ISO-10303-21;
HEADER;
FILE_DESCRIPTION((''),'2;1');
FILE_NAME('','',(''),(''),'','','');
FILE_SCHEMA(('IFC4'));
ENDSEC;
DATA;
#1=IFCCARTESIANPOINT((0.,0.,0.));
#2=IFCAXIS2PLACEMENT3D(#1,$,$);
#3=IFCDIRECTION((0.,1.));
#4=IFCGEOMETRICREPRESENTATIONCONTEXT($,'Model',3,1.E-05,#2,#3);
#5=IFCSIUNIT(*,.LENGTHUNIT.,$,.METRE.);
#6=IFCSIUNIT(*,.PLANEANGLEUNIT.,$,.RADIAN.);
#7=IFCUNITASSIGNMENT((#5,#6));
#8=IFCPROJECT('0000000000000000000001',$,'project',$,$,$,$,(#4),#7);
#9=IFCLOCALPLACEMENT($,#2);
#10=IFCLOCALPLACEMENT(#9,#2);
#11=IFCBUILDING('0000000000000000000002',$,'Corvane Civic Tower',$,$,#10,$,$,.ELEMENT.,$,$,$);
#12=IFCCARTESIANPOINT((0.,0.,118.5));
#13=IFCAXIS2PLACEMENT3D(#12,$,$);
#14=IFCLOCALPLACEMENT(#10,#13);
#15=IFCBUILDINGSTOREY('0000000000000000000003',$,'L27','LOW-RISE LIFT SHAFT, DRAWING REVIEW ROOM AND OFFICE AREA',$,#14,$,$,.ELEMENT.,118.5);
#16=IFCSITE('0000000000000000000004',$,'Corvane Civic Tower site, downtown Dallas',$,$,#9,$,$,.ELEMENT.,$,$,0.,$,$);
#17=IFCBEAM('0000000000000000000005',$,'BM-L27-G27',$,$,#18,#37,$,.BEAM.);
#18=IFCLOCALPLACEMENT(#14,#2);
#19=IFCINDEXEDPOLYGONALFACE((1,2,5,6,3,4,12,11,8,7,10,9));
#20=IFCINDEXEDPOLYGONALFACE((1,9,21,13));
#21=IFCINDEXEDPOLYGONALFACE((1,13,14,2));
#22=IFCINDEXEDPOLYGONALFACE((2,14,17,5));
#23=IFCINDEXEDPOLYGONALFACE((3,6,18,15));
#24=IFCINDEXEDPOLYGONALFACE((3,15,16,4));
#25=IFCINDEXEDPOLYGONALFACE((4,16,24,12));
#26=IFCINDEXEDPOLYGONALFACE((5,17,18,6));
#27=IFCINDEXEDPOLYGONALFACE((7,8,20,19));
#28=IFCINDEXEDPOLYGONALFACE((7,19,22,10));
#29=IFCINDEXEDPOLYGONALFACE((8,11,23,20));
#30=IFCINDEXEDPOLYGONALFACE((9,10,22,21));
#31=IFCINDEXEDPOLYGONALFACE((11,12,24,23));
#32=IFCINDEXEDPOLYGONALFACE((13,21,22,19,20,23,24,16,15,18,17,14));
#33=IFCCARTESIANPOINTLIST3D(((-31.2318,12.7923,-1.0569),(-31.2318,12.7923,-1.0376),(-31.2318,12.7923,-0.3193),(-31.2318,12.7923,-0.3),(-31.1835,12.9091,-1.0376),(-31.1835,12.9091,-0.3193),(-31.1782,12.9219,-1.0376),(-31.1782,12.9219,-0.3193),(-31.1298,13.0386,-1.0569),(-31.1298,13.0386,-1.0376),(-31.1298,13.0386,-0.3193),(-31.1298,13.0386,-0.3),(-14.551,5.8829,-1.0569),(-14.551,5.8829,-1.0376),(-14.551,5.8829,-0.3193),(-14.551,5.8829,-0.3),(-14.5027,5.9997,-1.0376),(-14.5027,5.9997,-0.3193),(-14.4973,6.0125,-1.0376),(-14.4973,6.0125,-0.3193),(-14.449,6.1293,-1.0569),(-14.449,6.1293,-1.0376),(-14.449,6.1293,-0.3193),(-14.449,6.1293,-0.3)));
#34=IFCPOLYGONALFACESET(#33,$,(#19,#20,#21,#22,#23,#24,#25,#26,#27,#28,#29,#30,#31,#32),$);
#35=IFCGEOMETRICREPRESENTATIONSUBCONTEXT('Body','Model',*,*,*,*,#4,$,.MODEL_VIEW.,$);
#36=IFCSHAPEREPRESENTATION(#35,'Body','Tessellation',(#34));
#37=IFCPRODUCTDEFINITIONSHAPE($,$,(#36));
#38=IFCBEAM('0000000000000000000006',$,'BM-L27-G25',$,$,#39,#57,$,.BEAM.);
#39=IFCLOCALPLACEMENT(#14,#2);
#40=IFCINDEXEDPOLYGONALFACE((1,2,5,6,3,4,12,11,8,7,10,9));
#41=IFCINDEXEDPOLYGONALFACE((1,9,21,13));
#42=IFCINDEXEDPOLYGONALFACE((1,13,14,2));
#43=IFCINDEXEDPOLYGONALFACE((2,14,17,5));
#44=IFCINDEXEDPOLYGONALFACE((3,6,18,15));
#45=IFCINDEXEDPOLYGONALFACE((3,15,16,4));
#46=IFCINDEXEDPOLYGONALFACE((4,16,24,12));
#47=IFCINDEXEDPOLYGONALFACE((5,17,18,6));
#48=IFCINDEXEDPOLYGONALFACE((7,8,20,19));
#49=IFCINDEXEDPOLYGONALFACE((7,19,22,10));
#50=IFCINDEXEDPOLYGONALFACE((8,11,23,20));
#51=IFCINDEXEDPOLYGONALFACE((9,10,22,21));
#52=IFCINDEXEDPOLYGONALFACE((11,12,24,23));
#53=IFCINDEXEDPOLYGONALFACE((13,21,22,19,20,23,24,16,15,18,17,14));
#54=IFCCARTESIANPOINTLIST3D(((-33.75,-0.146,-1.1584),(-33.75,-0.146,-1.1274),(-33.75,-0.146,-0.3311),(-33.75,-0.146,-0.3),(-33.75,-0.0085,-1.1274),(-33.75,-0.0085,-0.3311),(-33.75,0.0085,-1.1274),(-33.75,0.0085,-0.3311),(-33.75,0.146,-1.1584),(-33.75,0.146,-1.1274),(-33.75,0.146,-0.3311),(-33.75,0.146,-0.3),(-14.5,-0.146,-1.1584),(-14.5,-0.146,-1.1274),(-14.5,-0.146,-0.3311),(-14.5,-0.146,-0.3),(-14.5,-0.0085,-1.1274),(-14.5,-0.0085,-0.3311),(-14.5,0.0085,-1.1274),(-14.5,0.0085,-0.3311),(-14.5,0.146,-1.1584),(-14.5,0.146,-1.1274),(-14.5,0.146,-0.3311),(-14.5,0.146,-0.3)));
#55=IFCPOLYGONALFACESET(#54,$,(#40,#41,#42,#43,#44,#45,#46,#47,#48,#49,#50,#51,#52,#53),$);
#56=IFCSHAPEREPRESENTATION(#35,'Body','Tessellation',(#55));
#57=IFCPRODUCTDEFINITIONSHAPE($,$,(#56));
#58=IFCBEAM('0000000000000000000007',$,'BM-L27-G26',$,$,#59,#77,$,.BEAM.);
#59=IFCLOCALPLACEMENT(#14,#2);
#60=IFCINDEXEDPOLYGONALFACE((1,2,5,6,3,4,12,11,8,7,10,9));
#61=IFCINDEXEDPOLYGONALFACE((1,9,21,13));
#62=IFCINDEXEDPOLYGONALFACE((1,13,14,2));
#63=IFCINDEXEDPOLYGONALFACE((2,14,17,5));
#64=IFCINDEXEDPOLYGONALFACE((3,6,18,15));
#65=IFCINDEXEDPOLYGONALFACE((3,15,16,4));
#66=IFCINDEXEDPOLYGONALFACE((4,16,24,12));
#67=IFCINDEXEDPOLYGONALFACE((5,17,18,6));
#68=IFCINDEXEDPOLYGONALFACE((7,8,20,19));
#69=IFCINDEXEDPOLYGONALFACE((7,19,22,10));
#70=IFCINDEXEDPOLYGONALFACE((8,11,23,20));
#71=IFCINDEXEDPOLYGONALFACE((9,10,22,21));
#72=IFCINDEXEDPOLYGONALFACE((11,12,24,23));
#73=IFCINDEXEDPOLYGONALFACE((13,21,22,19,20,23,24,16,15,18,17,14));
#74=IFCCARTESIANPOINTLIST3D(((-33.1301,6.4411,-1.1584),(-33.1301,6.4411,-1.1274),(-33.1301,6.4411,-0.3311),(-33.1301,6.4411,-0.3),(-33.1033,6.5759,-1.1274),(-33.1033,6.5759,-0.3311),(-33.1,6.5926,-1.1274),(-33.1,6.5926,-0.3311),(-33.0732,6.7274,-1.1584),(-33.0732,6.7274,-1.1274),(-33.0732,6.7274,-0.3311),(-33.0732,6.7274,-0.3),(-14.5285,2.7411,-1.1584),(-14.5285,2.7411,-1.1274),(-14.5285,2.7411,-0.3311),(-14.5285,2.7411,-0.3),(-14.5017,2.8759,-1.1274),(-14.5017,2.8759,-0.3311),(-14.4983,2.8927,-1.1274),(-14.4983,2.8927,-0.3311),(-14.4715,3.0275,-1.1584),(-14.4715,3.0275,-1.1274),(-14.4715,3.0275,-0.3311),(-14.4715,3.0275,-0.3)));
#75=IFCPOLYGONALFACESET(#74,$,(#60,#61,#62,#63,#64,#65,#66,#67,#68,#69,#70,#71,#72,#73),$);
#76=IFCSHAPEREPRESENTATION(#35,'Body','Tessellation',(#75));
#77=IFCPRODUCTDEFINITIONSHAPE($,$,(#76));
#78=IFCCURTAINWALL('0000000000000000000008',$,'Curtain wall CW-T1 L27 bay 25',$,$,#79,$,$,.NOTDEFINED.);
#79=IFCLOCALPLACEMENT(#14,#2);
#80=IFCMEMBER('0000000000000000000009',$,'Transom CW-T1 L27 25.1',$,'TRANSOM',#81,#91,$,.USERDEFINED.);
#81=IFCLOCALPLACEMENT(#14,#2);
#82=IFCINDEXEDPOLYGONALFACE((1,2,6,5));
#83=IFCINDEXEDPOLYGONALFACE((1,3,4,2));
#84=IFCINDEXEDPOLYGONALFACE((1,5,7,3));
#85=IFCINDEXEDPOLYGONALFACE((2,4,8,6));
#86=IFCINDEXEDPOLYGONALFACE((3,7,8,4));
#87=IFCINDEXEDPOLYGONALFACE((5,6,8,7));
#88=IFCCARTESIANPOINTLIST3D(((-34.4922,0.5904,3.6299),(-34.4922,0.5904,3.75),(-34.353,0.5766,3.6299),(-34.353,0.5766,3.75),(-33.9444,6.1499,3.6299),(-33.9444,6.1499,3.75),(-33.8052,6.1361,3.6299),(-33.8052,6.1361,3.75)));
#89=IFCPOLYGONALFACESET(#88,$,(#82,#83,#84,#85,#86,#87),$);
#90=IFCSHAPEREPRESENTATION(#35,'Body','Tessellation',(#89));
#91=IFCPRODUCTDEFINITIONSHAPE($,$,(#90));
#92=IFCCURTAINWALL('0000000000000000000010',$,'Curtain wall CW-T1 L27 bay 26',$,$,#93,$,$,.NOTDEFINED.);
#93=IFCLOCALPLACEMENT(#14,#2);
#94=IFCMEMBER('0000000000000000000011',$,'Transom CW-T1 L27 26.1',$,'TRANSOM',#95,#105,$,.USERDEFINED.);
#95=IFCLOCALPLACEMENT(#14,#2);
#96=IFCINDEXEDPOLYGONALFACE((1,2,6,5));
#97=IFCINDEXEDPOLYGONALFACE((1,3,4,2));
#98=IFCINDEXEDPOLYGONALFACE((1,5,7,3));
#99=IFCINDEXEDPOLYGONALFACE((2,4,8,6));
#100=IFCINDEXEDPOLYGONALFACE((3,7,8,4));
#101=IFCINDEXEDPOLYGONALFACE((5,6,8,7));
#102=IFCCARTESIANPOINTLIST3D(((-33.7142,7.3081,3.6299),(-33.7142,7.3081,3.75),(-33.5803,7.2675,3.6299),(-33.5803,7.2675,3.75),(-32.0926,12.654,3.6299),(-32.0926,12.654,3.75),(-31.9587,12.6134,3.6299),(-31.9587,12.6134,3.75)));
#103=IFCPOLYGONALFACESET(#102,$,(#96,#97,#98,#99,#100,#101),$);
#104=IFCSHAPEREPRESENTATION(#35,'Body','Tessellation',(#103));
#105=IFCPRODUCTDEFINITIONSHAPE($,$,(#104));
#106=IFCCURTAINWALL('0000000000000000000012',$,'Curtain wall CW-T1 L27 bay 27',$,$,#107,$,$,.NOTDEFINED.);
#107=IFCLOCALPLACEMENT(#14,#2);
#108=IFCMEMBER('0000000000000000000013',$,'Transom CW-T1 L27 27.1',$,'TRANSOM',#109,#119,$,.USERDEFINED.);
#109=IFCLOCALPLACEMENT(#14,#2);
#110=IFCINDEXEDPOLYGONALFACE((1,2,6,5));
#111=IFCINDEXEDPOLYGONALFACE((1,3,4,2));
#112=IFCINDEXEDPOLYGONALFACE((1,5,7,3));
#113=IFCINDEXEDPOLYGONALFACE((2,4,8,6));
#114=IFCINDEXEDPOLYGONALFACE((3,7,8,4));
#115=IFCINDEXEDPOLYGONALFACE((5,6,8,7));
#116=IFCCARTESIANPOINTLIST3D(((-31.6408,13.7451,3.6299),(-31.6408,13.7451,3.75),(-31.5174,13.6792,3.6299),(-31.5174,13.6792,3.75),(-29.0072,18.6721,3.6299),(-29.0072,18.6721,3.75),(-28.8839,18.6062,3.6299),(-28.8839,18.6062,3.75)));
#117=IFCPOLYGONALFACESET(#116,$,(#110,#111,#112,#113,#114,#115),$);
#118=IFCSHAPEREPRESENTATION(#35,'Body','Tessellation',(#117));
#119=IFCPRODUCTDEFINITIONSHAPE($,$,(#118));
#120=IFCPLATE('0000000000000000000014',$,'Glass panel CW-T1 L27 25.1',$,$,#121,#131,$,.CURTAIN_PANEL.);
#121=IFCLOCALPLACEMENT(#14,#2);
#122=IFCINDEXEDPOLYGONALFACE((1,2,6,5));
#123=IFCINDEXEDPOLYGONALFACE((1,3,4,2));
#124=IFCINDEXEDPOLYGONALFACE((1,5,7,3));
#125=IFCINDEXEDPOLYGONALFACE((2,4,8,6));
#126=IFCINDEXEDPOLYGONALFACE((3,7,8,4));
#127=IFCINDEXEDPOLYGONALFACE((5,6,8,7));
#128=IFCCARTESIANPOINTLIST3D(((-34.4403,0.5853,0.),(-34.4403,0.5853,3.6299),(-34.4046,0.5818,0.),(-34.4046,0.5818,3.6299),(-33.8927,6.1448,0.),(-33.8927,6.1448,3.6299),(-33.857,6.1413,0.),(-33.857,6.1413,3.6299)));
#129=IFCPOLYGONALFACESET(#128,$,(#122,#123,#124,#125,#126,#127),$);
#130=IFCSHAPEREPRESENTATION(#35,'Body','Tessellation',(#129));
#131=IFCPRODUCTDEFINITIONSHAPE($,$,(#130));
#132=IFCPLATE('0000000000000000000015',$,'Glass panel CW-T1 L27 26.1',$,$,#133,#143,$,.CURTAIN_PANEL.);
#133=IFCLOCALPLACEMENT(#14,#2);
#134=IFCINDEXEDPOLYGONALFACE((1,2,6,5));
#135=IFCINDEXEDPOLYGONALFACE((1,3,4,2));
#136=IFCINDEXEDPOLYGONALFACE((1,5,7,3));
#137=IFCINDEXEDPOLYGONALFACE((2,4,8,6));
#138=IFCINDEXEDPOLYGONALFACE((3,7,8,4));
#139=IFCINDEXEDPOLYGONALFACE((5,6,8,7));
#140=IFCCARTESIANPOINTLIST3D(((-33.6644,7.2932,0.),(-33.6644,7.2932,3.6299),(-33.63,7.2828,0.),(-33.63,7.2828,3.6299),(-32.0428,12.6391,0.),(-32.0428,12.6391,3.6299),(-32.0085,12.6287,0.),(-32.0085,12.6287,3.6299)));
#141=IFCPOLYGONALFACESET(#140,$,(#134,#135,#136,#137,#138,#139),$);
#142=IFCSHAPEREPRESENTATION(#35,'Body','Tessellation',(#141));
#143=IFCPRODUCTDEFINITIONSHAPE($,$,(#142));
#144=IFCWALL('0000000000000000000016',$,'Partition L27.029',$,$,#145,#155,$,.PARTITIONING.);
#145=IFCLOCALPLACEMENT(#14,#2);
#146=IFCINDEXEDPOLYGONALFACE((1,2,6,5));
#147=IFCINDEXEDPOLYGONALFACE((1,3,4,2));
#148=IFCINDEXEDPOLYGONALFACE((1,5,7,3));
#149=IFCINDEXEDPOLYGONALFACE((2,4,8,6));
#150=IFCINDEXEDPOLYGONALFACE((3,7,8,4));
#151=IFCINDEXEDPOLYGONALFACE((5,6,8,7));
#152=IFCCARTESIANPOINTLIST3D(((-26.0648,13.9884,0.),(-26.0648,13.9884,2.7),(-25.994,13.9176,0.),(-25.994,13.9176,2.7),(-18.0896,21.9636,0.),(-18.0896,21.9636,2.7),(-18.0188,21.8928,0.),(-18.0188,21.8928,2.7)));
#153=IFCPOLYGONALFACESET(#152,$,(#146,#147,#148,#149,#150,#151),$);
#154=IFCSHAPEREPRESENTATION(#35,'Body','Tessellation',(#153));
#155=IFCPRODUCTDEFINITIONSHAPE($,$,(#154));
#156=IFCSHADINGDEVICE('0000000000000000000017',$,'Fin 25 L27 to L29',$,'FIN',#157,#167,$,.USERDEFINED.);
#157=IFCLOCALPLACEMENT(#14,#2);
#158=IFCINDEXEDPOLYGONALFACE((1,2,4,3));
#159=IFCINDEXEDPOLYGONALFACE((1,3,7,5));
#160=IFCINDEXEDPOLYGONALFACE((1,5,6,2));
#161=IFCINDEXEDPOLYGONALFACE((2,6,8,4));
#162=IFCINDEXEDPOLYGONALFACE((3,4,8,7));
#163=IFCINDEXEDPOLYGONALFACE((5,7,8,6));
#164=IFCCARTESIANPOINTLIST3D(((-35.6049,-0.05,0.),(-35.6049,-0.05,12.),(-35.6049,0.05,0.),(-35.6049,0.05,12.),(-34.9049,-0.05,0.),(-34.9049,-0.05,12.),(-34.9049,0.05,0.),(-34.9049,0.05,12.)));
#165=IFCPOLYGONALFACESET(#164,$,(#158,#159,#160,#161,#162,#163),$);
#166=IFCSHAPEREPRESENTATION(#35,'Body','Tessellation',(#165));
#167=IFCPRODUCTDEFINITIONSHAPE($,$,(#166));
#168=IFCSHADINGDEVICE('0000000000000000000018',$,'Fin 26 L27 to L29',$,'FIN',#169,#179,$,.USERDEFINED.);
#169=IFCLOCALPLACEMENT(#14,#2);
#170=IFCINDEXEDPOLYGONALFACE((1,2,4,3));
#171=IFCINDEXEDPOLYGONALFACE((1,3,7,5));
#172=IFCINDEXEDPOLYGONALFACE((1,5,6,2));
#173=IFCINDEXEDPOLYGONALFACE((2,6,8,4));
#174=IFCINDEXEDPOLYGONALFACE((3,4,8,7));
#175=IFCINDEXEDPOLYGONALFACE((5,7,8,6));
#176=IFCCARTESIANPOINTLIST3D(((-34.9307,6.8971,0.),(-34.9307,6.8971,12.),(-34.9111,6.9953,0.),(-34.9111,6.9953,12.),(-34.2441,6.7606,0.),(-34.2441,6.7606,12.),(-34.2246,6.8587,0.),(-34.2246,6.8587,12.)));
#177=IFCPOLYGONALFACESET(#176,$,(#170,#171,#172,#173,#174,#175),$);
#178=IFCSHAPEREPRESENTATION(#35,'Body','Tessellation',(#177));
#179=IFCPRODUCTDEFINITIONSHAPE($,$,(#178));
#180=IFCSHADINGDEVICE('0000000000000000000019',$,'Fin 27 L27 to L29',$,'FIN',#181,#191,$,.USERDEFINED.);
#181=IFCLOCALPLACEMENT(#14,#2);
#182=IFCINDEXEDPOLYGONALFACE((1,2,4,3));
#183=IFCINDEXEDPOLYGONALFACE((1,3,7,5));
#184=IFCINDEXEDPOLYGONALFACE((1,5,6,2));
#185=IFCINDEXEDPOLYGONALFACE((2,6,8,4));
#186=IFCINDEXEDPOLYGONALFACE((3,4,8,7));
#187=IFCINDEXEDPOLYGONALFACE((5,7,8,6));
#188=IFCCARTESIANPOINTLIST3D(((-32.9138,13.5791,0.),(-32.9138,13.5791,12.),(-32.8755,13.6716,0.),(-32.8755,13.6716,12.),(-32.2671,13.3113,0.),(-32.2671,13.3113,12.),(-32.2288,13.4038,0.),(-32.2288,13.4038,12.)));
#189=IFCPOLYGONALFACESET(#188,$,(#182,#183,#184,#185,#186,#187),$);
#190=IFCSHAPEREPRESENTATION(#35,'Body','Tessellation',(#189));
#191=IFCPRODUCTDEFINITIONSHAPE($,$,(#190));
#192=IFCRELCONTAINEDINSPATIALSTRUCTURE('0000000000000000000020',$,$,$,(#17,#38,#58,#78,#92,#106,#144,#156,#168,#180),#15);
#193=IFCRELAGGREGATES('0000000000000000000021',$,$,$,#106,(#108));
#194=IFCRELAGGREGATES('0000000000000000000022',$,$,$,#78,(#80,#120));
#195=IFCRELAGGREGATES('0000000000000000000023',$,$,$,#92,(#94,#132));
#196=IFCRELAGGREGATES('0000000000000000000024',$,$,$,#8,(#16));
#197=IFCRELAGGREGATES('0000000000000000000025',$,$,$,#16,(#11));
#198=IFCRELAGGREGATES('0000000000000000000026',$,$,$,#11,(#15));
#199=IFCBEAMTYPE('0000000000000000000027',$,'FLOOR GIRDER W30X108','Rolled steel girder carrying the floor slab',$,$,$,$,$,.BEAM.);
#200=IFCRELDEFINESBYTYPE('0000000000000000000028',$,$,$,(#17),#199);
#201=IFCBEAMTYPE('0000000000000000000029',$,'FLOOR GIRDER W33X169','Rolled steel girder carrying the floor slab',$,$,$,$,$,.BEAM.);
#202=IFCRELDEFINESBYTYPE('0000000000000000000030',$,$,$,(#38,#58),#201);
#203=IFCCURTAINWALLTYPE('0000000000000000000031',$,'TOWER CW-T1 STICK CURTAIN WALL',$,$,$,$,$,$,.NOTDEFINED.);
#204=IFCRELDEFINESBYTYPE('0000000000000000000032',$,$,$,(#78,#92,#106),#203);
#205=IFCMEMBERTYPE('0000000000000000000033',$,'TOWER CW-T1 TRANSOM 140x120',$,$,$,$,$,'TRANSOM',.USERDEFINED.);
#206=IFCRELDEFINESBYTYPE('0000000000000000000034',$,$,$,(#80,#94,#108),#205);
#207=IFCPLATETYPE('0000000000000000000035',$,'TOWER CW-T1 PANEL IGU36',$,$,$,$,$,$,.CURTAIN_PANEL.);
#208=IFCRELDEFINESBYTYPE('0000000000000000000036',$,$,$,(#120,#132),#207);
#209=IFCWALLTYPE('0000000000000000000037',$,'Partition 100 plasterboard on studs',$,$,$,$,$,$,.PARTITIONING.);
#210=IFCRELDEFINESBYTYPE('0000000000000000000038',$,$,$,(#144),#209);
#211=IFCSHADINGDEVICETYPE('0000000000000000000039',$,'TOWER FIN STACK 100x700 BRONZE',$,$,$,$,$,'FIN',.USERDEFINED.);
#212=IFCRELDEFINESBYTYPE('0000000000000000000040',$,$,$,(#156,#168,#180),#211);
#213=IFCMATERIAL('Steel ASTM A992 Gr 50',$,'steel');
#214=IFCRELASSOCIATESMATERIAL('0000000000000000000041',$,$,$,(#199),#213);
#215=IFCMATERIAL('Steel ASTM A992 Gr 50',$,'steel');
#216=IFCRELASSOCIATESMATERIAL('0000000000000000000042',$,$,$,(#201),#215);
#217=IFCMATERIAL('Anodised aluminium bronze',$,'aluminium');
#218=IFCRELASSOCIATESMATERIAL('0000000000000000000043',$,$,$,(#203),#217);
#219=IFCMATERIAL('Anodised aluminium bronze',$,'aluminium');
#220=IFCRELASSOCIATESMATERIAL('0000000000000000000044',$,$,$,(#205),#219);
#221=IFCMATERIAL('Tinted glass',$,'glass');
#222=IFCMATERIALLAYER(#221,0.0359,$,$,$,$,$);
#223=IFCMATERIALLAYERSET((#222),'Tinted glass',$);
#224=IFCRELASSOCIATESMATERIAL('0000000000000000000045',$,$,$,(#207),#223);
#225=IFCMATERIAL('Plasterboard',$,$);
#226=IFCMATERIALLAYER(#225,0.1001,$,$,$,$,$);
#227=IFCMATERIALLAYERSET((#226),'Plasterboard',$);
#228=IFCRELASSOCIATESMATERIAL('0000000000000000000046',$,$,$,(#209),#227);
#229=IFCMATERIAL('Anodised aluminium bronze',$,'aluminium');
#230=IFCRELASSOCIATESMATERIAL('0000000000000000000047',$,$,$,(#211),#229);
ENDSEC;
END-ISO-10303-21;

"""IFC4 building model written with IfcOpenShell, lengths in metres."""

from ifc_helpers import new_model, si_unit, direction, frame, frame_2d, origin, origin_2d, place, context, subcontext, project, spatial, rectangle, i_section, extrude, material, layer, layer_set, material_profile, profile_set, type_object, element, aggregate, save


model = new_model("IFC4")

# Units and contexts
model_context = context("Model", 3, precision=1e-05, world=origin(), true_north=direction((0.0, 1.0)))
body_context = subcontext(model_context, "Body", "Model", "MODEL_VIEW")
ifc_project = project(units=[si_unit("LENGTHUNIT", "METRE"), si_unit("PLANEANGLEUNIT", "RADIAN")], contexts=[model_context])

# Site, building, storey
site_placement = place(None, origin())
site = spatial("IfcSite", under=ifc_project, at=site_placement, Name="Corvane Civic Tower site, downtown Dallas", CompositionType="ELEMENT", RefElevation=0.0)
building_placement = place(site_placement, origin())
building = spatial("IfcBuilding", under=site, at=building_placement, Name="Corvane Civic Tower", CompositionType="ELEMENT")
storey_placement = place(building_placement, frame((0.0, 0.0, 118.5)))
storey = spatial("IfcBuildingStorey", under=building, at=storey_placement, Name="L27", Description="LOW-RISE LIFT SHAFT, DRAWING REVIEW ROOM AND OFFICE AREA", CompositionType="ELEMENT", Elevation=118.5)

# Beams
ifc_material_1 = material(Name="Steel ASTM A992 Gr 50", Category="steel")
ifc_material_profile_1 = material_profile(ifc_material_1, i_section(OverallWidth=0.2666, OverallDepth=0.7568, WebThickness=0.0139, FlangeThickness=0.0193, at=origin_2d()), Name="W30X108")
ifc_profile_set_1 = profile_set([ifc_material_profile_1], Name="Steel ASTM A992 Gr 50")
beam_type_1 = type_object("IfcBeamType", Name="FLOOR GIRDER W30X108", Description="Rolled steel girder carrying the floor slab", PredefinedType="BEAM", material=ifc_profile_set_1)
beam_1_placement = place(storey_placement, frame((-14.5, 6.0061, -0.6785), z_axis=(-0.92388, 0.382682, 0.0), x_axis=(-0.382682, -0.92388, 0.0)))
element("IfcBeam", 1, at=beam_1_placement, inside=storey, type_object=beam_type_1, Name="BM-L27-G27", PredefinedType="BEAM", context=body_context, shape_type="SweptSolid", body=[
    extrude(i_section(OverallWidth=0.2666, OverallDepth=0.7568, WebThickness=0.0139, FlangeThickness=0.0193, at=origin_2d()), origin(), (0.0, 0.0, 1.0), 18.0552),
])
ifc_material_2 = material(Name="Steel ASTM A992 Gr 50", Category="steel")
ifc_material_profile_2 = material_profile(ifc_material_2, i_section(OverallWidth=0.292, OverallDepth=0.8584, WebThickness=0.0171, FlangeThickness=0.031, at=origin_2d()), Name="W33X169")
ifc_profile_set_2 = profile_set([ifc_material_profile_2], Name="Steel ASTM A992 Gr 50")
beam_type_2 = type_object("IfcBeamType", Name="FLOOR GIRDER W33X169", Description="Rolled steel girder carrying the floor slab", PredefinedType="BEAM", material=ifc_profile_set_2)
beam_2_placement = place(storey_placement, frame((-14.5, 0.0, -0.7292), z_axis=(-1.0, 0.0, 0.0), x_axis=(0.0, -1.0, 0.0)))
element("IfcBeam", 2, at=beam_2_placement, inside=storey, type_object=beam_type_2, Name="BM-L27-G25", PredefinedType="BEAM", context=body_context, shape_type="SweptSolid", body=[
    extrude(i_section(OverallWidth=0.292, OverallDepth=0.8584, WebThickness=0.0171, FlangeThickness=0.031, at=origin_2d()), origin(), (0.0, 0.0, 1.0), 19.25),
])
beam_3_placement = place(storey_placement, frame((-14.5, 2.8843, -0.7292), z_axis=(-0.980787, 0.195084, 0.0), x_axis=(-0.195084, -0.980787, 0.0)))
element("IfcBeam", 3, at=beam_3_placement, inside=storey, type_object=beam_type_2, Name="BM-L27-G26", PredefinedType="BEAM", context=body_context, shape_type="SweptSolid", body=[
    extrude(i_section(OverallWidth=0.292, OverallDepth=0.8584, WebThickness=0.0171, FlangeThickness=0.031, at=origin_2d()), origin(), (0.0, 0.0, 1.0), 18.9661),
])

# Curtain walls, members
ifc_material_3 = material(Name="Anodised aluminium bronze", Category="aluminium")
curtain_wall_type = type_object("IfcCurtainWallType", Name="TOWER CW-T1 STICK CURTAIN WALL", PredefinedType="NOTDEFINED", material=ifc_material_3)
curtain_wall_1_placement = place(storey_placement, origin())
curtain_wall_1 = element("IfcCurtainWall", 4, at=curtain_wall_1_placement, inside=storey, type_object=curtain_wall_type, Name="Curtain wall CW-T1 L27 bay 25", PredefinedType="NOTDEFINED")
ifc_material_4 = material(Name="Anodised aluminium bronze", Category="aluminium")
ifc_material_profile_3 = material_profile(ifc_material_4, rectangle(XDim=0.1399, YDim=0.1201, at=origin_2d()), Name="TOWER CW-T1 TRANSOM 140x120")
ifc_profile_set_3 = profile_set([ifc_material_profile_3], Name="Anodised aluminium bronze")
member_type = type_object("IfcMemberType", Name="TOWER CW-T1 TRANSOM 140x120", ElementType="TRANSOM", PredefinedType="USERDEFINED", material=ifc_profile_set_3)
member_1_placement = place(storey_placement, frame((-34.4226, 0.5835, 3.6899), z_axis=(0.098067, 0.99518, 0.0), x_axis=(-0.99518, 0.098067, 0.0)))
member_1 = element("IfcMember", 5, at=member_1_placement, type_object=member_type, Name="Transom CW-T1 L27 25.1", ObjectType="TRANSOM", PredefinedType="USERDEFINED", context=body_context, shape_type="SweptSolid", body=[
    extrude(rectangle(XDim=0.1399, YDim=0.1201, at=origin_2d()), origin(), (0.0, 0.0, 1.0), 5.5864),
])
curtain_wall_2_placement = place(storey_placement, origin())
curtain_wall_2 = element("IfcCurtainWall", 6, at=curtain_wall_2_placement, inside=storey, type_object=curtain_wall_type, Name="Curtain wall CW-T1 L27 bay 26", PredefinedType="NOTDEFINED")
member_2_placement = place(storey_placement, frame((-33.6472, 7.2878, 3.6899), z_axis=(0.290269, 0.956945, 0.0), x_axis=(-0.956945, 0.290269, 0.0)))
member_2 = element("IfcMember", 7, at=member_2_placement, type_object=member_type, Name="Transom CW-T1 L27 26.1", ObjectType="TRANSOM", PredefinedType="USERDEFINED", context=body_context, shape_type="SweptSolid", body=[
    extrude(rectangle(XDim=0.1399, YDim=0.1201, at=origin_2d()), origin(), (0.0, 0.0, 1.0), 5.5864),
])
curtain_wall_3_placement = place(storey_placement, origin())
curtain_wall_3 = element("IfcCurtainWall", 8, at=curtain_wall_3_placement, inside=storey, type_object=curtain_wall_type, Name="Curtain wall CW-T1 L27 bay 27", PredefinedType="NOTDEFINED")
member_3_placement = place(storey_placement, frame((-31.5791, 13.7122, 3.6899), z_axis=(0.471398, 0.881921, 0.0), x_axis=(-0.881921, 0.471398, 0.0)))
member_3 = element("IfcMember", 9, at=member_3_placement, type_object=member_type, Name="Transom CW-T1 L27 27.1", ObjectType="TRANSOM", PredefinedType="USERDEFINED", context=body_context, shape_type="SweptSolid", body=[
    extrude(rectangle(XDim=0.1399, YDim=0.1201, at=origin_2d()), origin(), (0.0, 0.0, 1.0), 5.5867),
])
aggregate(curtain_wall_3, [member_3])

# Plates
ifc_material_5 = material(Name="Tinted glass", Category="glass")
ifc_layer_1 = layer(ifc_material_5, 0.0359)
ifc_layer_set_1 = layer_set([ifc_layer_1], Name="Tinted glass")
plate_type = type_object("IfcPlateType", Name="TOWER CW-T1 PANEL IGU36", PredefinedType="CURTAIN_PANEL", material=ifc_layer_set_1)
plate_1_placement = place(storey_placement, frame((-34.1487, 3.3633, 0.0), z_axis=(0.0, 0.0, 1.0), x_axis=(0.098027, 0.995184, 0.0)))
plate_1 = element("IfcPlate", 10, at=plate_1_placement, type_object=plate_type, Name="Glass panel CW-T1 L27 25.1", PredefinedType="CURTAIN_PANEL", context=body_context, shape_type="SweptSolid", body=[
    extrude(rectangle(XDim=5.5864, YDim=0.0359, at=origin_2d()), origin(), (0.0, 0.0, 1.0), 3.6299),
])
aggregate(curtain_wall_1, [member_1, plate_1])
plate_2_placement = place(storey_placement, frame((-32.8364, 9.9609, 0.0), z_axis=(0.0, 0.0, 1.0), x_axis=(0.290266, 0.956946, 0.0)))
plate_2 = element("IfcPlate", 11, at=plate_2_placement, type_object=plate_type, Name="Glass panel CW-T1 L27 26.1", PredefinedType="CURTAIN_PANEL", context=body_context, shape_type="SweptSolid", body=[
    extrude(rectangle(XDim=5.5864, YDim=0.0359, at=origin_2d()), origin(), (0.0, 0.0, 1.0), 3.6299),
])
aggregate(curtain_wall_2, [member_2, plate_2])

# Wall
ifc_material_6 = material(Name="Plasterboard")
ifc_layer_2 = layer(ifc_material_6, 0.1001)
ifc_layer_set_2 = layer_set([ifc_layer_2], Name="Plasterboard")
wall_type = type_object("IfcWallType", Name="Partition 100 plasterboard on studs", PredefinedType="PARTITIONING", material=ifc_layer_set_2)
wall_placement = place(storey_placement, frame((-26.0293, 13.9531, 0.0), z_axis=(0.0, 0.0, 1.0), x_axis=(0.707107, 0.707107, 0.0)))
element("IfcWall", 12, at=wall_placement, inside=storey, type_object=wall_type, Name="Partition L27.029", PredefinedType="PARTITIONING", context=body_context, shape_type="SweptSolid", body=[
    extrude(rectangle(XDim=11.2786, YDim=0.1001, at=frame_2d((5.6392, 0.0))), origin(), (0.0, 0.0, 1.0), 2.7),
])

# Shading devices
ifc_material_7 = material(Name="Anodised aluminium bronze", Category="aluminium")
ifc_material_profile_4 = material_profile(ifc_material_7, rectangle(XDim=0.1001, YDim=0.7, at=origin_2d()), Name="TOWER FIN STACK 100x700 BRONZE")
ifc_profile_set_4 = profile_set([ifc_material_profile_4], Name="Anodised aluminium bronze")
shading_device_type = type_object("IfcShadingDeviceType", Name="TOWER FIN STACK 100x700 BRONZE", ElementType="FIN", PredefinedType="USERDEFINED", material=ifc_profile_set_4)
for number, where, z_axis, x_axis, name in (
    (13, (-35.2549, 0.0, 0.0), (0.0, 0.0, 1.0), (0.0, 1.0, 0.0), "Fin 25 L27 to L29"),
    (14, (-34.5776, 6.8779, 0.0), (0.0, 0.0, 1.0), (0.19509, 0.980785, 0.0), "Fin 26 L27 to L29"),
    (15, (-32.5713, 13.4915, 0.0), (0.0, 0.0, 1.0), (0.382683, 0.92388, 0.0), "Fin 27 L27 to L29"),
):
    element("IfcShadingDevice", number, at=place(storey_placement, frame(where, z_axis=z_axis, x_axis=x_axis)), inside=storey, type_object=shading_device_type, Name=name, ObjectType="FIN", PredefinedType="USERDEFINED", context=body_context, shape_type="SweptSolid", body=[
        extrude(rectangle(XDim=0.1001, YDim=0.7, at=origin_2d()), origin(), (0.0, 0.0, 1.0), 12.0),
    ])

save(model, "model.ifc")
